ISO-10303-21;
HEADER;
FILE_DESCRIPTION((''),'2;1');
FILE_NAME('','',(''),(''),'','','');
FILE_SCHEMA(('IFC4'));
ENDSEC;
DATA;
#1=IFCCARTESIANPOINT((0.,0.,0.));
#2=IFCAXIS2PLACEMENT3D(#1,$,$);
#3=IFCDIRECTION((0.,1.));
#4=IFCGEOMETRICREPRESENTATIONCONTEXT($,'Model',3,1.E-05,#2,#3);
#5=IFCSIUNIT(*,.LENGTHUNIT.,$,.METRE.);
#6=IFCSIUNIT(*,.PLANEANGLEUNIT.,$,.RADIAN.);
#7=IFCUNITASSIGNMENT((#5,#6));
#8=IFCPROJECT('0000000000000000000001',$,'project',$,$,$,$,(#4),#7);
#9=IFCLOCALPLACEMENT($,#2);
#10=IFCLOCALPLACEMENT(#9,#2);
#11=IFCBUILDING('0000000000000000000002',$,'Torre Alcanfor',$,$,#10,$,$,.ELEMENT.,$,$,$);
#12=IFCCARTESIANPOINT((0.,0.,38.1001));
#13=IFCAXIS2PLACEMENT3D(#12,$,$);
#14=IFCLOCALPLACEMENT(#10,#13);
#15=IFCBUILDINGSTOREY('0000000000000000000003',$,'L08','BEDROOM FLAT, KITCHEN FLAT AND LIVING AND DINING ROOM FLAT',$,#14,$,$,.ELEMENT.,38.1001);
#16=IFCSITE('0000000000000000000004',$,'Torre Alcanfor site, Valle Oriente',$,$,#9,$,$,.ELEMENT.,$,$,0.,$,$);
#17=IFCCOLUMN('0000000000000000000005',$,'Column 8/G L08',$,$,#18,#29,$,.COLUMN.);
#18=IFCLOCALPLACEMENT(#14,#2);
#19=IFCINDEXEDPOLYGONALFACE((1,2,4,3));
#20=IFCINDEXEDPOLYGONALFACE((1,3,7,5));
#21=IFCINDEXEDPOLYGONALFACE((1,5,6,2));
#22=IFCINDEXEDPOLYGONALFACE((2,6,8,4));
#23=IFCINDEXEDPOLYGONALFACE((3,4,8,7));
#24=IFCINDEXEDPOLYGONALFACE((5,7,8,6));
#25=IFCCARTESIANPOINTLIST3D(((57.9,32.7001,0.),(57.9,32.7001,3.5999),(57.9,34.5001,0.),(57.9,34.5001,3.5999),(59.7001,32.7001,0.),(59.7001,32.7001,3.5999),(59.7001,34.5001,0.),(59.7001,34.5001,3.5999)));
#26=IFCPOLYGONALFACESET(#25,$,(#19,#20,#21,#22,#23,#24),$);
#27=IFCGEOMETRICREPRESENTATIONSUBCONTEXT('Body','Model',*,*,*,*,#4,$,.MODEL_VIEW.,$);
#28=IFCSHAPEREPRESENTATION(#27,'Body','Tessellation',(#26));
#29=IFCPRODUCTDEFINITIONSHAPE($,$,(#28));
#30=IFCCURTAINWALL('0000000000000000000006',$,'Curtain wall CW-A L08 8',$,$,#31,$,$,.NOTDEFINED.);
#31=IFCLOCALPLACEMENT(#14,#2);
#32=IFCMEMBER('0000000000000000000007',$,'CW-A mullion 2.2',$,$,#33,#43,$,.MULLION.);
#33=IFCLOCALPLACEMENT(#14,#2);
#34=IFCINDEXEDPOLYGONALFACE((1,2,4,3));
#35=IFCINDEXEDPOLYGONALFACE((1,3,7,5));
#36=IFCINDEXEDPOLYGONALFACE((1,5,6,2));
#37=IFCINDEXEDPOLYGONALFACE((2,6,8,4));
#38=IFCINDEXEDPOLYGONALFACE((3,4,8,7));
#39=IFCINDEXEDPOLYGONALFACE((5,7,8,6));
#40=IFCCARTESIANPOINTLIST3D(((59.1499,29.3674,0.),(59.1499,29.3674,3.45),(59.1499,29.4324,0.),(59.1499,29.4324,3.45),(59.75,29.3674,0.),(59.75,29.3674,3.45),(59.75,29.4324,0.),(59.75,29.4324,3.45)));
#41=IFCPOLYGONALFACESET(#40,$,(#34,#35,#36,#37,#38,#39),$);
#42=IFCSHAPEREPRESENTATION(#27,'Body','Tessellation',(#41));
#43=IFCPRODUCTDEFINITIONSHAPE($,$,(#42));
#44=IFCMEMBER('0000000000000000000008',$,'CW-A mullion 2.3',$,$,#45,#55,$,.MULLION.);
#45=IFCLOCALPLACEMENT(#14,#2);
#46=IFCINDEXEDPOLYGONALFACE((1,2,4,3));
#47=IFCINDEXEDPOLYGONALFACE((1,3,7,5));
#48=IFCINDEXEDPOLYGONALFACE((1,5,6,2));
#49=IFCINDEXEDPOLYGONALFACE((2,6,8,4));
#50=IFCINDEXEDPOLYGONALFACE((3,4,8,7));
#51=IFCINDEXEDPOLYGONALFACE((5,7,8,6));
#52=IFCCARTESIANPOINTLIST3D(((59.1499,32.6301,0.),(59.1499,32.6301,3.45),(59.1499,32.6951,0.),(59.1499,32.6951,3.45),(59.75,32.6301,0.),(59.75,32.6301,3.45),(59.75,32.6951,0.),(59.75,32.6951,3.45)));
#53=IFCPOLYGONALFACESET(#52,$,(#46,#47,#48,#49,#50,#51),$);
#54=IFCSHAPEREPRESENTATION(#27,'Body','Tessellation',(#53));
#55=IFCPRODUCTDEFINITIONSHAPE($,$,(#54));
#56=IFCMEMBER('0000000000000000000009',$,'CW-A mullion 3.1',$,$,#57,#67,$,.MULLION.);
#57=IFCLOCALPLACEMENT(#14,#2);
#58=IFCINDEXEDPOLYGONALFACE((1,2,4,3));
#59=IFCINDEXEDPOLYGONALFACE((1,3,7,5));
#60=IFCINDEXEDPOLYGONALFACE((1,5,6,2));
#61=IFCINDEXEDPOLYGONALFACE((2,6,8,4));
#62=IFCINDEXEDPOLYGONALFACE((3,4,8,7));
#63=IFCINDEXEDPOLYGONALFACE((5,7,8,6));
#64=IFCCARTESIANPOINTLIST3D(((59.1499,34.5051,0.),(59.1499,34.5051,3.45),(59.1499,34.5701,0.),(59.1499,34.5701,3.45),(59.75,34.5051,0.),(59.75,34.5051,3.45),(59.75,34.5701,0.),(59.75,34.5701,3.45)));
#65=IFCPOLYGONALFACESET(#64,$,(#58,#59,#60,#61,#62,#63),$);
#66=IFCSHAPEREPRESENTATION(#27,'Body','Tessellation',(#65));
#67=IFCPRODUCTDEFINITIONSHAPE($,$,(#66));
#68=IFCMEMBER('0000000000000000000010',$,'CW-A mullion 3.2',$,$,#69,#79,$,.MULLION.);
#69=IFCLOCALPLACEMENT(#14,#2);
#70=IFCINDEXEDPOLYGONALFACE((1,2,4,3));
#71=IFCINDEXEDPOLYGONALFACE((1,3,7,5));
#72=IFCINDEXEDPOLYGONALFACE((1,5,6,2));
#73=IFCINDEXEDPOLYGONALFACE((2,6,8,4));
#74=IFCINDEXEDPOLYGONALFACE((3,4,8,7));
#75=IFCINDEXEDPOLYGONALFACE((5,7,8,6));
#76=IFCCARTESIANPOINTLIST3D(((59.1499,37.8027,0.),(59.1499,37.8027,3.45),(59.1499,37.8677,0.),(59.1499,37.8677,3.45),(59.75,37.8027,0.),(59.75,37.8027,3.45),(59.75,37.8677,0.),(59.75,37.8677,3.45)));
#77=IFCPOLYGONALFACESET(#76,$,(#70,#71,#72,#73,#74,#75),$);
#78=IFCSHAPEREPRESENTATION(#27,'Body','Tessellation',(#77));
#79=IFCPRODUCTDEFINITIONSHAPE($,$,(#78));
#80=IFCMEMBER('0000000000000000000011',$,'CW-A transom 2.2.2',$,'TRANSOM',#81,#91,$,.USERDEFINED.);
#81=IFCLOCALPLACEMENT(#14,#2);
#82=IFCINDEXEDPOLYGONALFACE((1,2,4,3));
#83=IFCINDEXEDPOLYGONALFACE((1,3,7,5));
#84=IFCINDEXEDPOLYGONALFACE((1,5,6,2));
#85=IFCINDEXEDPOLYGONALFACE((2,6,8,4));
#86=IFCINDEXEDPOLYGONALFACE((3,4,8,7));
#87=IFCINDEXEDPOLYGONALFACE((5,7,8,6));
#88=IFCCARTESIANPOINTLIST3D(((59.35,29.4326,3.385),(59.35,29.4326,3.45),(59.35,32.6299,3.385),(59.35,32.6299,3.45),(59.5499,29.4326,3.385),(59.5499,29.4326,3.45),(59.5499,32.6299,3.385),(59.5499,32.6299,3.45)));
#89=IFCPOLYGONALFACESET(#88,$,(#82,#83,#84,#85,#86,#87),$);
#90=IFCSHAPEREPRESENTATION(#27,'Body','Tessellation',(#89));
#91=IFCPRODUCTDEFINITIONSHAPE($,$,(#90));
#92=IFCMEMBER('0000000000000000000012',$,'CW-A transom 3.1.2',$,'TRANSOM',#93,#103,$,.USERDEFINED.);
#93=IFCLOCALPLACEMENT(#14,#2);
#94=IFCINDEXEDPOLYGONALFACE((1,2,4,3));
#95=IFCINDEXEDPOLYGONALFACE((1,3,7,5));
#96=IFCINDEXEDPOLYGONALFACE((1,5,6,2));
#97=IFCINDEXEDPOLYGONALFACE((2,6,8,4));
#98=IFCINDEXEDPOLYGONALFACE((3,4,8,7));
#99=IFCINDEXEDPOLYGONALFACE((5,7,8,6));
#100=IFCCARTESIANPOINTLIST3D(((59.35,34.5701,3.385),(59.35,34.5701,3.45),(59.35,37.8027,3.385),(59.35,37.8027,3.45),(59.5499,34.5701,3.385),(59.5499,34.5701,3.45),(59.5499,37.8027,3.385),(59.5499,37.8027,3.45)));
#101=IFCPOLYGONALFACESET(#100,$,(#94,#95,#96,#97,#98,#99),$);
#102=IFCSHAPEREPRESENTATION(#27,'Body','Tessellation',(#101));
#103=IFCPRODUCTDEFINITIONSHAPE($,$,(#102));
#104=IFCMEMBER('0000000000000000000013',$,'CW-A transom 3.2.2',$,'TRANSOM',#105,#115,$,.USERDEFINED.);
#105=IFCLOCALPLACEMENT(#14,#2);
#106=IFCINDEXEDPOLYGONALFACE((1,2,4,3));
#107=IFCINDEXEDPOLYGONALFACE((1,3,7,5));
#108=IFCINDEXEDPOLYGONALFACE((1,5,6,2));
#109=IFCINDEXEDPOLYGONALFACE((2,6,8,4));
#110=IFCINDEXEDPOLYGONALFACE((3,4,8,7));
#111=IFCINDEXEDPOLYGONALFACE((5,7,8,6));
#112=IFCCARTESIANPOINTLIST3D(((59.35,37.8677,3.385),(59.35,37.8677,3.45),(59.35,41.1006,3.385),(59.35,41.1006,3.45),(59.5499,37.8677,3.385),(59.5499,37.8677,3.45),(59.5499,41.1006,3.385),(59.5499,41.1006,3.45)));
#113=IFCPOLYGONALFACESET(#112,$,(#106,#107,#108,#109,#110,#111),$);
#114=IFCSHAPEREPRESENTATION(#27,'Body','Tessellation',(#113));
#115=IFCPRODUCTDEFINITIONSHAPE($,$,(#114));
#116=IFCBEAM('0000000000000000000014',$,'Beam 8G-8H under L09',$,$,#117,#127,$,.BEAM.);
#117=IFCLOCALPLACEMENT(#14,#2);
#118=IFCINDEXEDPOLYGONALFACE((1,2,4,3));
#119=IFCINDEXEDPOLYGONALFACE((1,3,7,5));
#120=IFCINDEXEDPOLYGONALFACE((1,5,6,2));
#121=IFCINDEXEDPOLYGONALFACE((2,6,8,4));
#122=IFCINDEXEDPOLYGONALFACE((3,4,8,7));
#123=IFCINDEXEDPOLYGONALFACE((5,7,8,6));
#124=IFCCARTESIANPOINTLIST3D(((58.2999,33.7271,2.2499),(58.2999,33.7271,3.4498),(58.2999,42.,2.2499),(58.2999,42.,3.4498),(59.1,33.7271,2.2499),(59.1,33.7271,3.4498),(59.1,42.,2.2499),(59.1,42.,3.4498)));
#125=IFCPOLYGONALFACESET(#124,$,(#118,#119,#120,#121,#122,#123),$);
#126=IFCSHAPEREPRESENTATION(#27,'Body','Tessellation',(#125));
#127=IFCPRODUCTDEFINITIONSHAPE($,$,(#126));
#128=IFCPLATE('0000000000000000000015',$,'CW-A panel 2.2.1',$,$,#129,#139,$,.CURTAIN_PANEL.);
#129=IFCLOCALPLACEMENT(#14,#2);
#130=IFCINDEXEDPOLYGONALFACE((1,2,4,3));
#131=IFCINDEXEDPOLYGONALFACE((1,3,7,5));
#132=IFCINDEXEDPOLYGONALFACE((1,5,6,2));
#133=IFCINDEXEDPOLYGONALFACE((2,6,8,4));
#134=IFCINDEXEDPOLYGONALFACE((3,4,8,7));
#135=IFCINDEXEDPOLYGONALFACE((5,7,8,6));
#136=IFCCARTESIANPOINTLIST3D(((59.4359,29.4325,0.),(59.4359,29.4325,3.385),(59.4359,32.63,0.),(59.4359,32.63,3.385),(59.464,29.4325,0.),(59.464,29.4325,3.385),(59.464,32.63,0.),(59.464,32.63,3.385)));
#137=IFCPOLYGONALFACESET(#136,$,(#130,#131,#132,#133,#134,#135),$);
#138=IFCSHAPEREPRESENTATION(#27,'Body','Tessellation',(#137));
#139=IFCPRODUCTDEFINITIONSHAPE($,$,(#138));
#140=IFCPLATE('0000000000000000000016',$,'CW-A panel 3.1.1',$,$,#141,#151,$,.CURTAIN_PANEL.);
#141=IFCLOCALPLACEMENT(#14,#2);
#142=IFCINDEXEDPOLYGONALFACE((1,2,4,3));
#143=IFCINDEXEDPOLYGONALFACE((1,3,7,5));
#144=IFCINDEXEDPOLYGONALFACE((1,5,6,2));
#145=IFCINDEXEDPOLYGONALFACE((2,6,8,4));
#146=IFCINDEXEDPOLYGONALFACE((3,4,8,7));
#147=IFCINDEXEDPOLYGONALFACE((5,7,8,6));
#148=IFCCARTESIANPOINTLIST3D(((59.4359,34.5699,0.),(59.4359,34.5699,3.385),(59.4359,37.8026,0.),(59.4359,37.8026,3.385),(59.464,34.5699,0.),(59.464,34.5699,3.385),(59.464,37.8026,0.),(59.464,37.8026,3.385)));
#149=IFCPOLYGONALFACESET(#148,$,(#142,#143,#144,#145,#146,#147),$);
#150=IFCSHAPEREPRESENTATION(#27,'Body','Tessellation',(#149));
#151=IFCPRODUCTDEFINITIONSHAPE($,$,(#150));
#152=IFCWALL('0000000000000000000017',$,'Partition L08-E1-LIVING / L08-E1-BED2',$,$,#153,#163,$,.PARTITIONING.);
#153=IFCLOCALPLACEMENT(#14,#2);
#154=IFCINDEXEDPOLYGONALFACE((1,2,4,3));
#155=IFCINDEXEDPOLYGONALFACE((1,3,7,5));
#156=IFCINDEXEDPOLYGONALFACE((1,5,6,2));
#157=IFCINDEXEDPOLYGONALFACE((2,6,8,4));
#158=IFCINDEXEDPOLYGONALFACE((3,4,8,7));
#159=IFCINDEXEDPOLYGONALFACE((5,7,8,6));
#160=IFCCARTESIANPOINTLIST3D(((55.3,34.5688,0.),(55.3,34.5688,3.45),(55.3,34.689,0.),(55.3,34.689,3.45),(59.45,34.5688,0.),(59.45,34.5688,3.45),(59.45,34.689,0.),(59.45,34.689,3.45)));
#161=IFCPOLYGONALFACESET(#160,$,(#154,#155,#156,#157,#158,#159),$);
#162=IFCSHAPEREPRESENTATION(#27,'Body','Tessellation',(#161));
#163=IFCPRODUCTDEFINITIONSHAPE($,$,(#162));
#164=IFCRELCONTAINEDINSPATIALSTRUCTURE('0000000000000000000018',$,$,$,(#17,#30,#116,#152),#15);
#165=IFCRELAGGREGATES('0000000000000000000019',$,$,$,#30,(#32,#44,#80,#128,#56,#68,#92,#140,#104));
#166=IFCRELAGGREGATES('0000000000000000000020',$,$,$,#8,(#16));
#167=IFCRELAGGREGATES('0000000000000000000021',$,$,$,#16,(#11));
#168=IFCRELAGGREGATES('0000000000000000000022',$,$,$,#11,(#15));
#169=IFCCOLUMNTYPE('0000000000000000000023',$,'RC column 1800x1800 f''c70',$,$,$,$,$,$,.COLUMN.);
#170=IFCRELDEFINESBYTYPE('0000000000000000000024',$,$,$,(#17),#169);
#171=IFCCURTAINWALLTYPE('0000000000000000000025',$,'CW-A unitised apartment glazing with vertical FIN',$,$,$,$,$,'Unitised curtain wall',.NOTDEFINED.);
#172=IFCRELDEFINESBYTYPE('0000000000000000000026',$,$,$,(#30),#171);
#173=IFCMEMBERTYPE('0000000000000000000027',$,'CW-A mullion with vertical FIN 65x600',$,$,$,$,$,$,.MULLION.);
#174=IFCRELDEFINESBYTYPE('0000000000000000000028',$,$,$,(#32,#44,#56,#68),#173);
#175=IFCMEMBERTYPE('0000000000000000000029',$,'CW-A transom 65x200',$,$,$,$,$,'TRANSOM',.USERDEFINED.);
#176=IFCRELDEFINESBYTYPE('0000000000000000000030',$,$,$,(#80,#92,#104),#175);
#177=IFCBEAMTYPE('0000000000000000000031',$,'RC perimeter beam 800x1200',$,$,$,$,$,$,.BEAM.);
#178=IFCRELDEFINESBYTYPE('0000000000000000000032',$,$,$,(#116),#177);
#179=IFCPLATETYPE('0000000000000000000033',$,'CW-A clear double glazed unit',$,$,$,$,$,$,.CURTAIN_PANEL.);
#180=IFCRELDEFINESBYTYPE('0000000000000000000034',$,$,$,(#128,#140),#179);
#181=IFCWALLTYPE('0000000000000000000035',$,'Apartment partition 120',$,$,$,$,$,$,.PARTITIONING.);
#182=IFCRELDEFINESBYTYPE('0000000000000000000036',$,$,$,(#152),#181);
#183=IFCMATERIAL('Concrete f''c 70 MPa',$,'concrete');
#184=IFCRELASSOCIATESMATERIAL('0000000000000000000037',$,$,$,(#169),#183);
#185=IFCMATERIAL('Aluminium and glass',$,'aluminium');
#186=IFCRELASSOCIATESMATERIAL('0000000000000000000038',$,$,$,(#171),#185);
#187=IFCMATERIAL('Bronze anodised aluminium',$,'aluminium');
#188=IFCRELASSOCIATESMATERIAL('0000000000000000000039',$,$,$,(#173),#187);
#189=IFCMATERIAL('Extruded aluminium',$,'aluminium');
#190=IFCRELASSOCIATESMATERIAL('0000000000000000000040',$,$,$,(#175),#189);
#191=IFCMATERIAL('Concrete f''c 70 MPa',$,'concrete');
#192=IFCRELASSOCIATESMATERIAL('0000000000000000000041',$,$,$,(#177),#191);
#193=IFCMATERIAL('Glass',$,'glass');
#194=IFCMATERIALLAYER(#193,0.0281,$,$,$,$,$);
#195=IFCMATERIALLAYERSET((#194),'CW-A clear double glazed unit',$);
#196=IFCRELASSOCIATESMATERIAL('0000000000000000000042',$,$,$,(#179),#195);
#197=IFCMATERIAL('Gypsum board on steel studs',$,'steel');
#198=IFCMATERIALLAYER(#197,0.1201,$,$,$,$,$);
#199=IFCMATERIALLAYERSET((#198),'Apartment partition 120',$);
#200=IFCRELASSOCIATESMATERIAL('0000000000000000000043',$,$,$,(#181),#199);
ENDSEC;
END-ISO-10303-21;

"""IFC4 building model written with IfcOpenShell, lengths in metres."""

from ifc_helpers import new_model, si_unit, direction, frame, frame_2d, origin, origin_2d, place, context, subcontext, project, spatial, rectangle, extrude, material, layer, layer_set, material_profile, profile_set, type_object, element, aggregate, save


model = new_model("IFC4")

# Units and contexts
model_context = context("Model", 3, precision=1e-05, world=origin(), true_north=direction((0.0, 1.0)))
body_context = subcontext(model_context, "Body", "Model", "MODEL_VIEW")
ifc_project = project(units=[si_unit("LENGTHUNIT", "METRE"), si_unit("PLANEANGLEUNIT", "RADIAN")], contexts=[model_context])

# Site, building, storey
site_placement = place(None, origin())
site = spatial("IfcSite", under=ifc_project, at=site_placement, Name="Torre Alcanfor site, Valle Oriente", CompositionType="ELEMENT", RefElevation=0.0)
building_placement = place(site_placement, origin())
building = spatial("IfcBuilding", under=site, at=building_placement, Name="Torre Alcanfor", CompositionType="ELEMENT")
storey_placement = place(building_placement, frame((0.0, 0.0, 38.1001)))
storey = spatial("IfcBuildingStorey", under=building, at=storey_placement, Name="L08", Description="BEDROOM FLAT, KITCHEN FLAT AND LIVING AND DINING ROOM FLAT", CompositionType="ELEMENT", Elevation=38.1001)

# Column
ifc_material_1 = material(Name="Concrete f'c 70 MPa", Category="concrete")
ifc_material_profile_1 = material_profile(ifc_material_1, rectangle(XDim=1.8, YDim=1.8, at=origin_2d()), Name="1800x1800")
ifc_profile_set_1 = profile_set([ifc_material_profile_1], Name="Concrete f'c 70 MPa")
column_type = type_object("IfcColumnType", Name="RC column 1800x1800 f'c70", PredefinedType="COLUMN", material=ifc_profile_set_1)
column_placement = place(storey_placement, frame((58.8, 33.6001, 0.0), z_axis=(0.0, 0.0, 1.0), x_axis=(1.0, 0.0, 0.0)))
element("IfcColumn", 1, at=column_placement, inside=storey, type_object=column_type, Name="Column 8/G L08", PredefinedType="COLUMN", context=body_context, shape_type="SweptSolid", body=[
    extrude(rectangle(XDim=1.8, YDim=1.8, at=origin_2d()), origin(), (0.0, 0.0, 1.0), 3.5999),
])

# Curtain wall, members
ifc_material_2 = material(Name="Aluminium and glass", Category="aluminium")
curtain_wall_type = type_object("IfcCurtainWallType", Name="CW-A unitised apartment glazing with vertical FIN", ElementType="Unitised curtain wall", PredefinedType="NOTDEFINED", material=ifc_material_2)
curtain_wall_placement = place(storey_placement, origin())
curtain_wall = element("IfcCurtainWall", 2, at=curtain_wall_placement, inside=storey, type_object=curtain_wall_type, Name="Curtain wall CW-A L08 8", PredefinedType="NOTDEFINED")
ifc_material_3 = material(Name="Bronze anodised aluminium", Category="aluminium")
ifc_material_profile_2 = material_profile(ifc_material_3, rectangle(XDim=0.6001, YDim=0.0649, at=origin_2d()), Name="CW-A mullion 65x600")
ifc_profile_set_2 = profile_set([ifc_material_profile_2], Name="Bronze anodised aluminium")
member_type_1 = type_object("IfcMemberType", Name="CW-A mullion with vertical FIN 65x600", PredefinedType="MULLION", material=ifc_profile_set_2)
member_1_placement = place(storey_placement, frame((59.45, 29.3999, 0.0), z_axis=(0.0, 0.0, 1.0), x_axis=(-1.0, 0.0, 0.0)))
member_1 = element("IfcMember", 3, at=member_1_placement, type_object=member_type_1, Name="CW-A mullion 2.2", PredefinedType="MULLION", context=body_context, shape_type="SweptSolid", body=[
    extrude(rectangle(XDim=0.6001, YDim=0.0649, at=origin_2d()), origin(), (0.0, 0.0, 1.0), 3.45),
])
member_2_placement = place(storey_placement, frame((59.45, 32.6626, 0.0), z_axis=(0.0, 0.0, 1.0), x_axis=(-1.0, 0.0, 0.0)))
member_2 = element("IfcMember", 4, at=member_2_placement, type_object=member_type_1, Name="CW-A mullion 2.3", PredefinedType="MULLION", context=body_context, shape_type="SweptSolid", body=[
    extrude(rectangle(XDim=0.6001, YDim=0.0649, at=origin_2d()), origin(), (0.0, 0.0, 1.0), 3.45),
])
member_3_placement = place(storey_placement, frame((59.45, 34.5376, 0.0), z_axis=(0.0, 0.0, 1.0), x_axis=(-1.0, 0.0, 0.0)))
member_3 = element("IfcMember", 5, at=member_3_placement, type_object=member_type_1, Name="CW-A mullion 3.1", PredefinedType="MULLION", context=body_context, shape_type="SweptSolid", body=[
    extrude(rectangle(XDim=0.6001, YDim=0.0649, at=origin_2d()), origin(), (0.0, 0.0, 1.0), 3.45),
])
member_4_placement = place(storey_placement, frame((59.45, 37.8352, 0.0), z_axis=(0.0, 0.0, 1.0), x_axis=(-1.0, 0.0, 0.0)))
member_4 = element("IfcMember", 6, at=member_4_placement, type_object=member_type_1, Name="CW-A mullion 3.2", PredefinedType="MULLION", context=body_context, shape_type="SweptSolid", body=[
    extrude(rectangle(XDim=0.6001, YDim=0.0649, at=origin_2d()), origin(), (0.0, 0.0, 1.0), 3.45),
])
ifc_material_4 = material(Name="Extruded aluminium", Category="aluminium")
ifc_material_profile_3 = material_profile(ifc_material_4, rectangle(XDim=0.2, YDim=0.0649, at=origin_2d()), Name="CW-A transom 200x65")
ifc_profile_set_3 = profile_set([ifc_material_profile_3], Name="Extruded aluminium")
member_type_2 = type_object("IfcMemberType", Name="CW-A transom 65x200", ElementType="TRANSOM", PredefinedType="USERDEFINED", material=ifc_profile_set_3)
member_5_placement = place(storey_placement, frame((59.45, 29.4326, 3.4175), z_axis=(0.0, 1.0, 0.0), x_axis=(-1.0, 0.0, 0.0)))
member_5 = element("IfcMember", 7, at=member_5_placement, type_object=member_type_2, Name="CW-A transom 2.2.2", ObjectType="TRANSOM", PredefinedType="USERDEFINED", context=body_context, shape_type="SweptSolid", body=[
    extrude(rectangle(XDim=0.2, YDim=0.0649, at=origin_2d()), origin(), (0.0, 0.0, 1.0), 3.1973),
])
member_6_placement = place(storey_placement, frame((59.45, 34.5701, 3.4175), z_axis=(0.0, 1.0, 0.0), x_axis=(-1.0, 0.0, 0.0)))
member_6 = element("IfcMember", 8, at=member_6_placement, type_object=member_type_2, Name="CW-A transom 3.1.2", ObjectType="TRANSOM", PredefinedType="USERDEFINED", context=body_context, shape_type="SweptSolid", body=[
    extrude(rectangle(XDim=0.2, YDim=0.0649, at=origin_2d()), origin(), (0.0, 0.0, 1.0), 3.2327),
])
member_7_placement = place(storey_placement, frame((59.45, 37.8677, 3.4175), z_axis=(0.0, 1.0, 0.0), x_axis=(-1.0, 0.0, 0.0)))
member_7 = element("IfcMember", 9, at=member_7_placement, type_object=member_type_2, Name="CW-A transom 3.2.2", ObjectType="TRANSOM", PredefinedType="USERDEFINED", context=body_context, shape_type="SweptSolid", body=[
    extrude(rectangle(XDim=0.2, YDim=0.0649, at=origin_2d()), origin(), (0.0, 0.0, 1.0), 3.2329),
])

# Beam
ifc_material_5 = material(Name="Concrete f'c 70 MPa", Category="concrete")
ifc_material_profile_4 = material_profile(ifc_material_5, rectangle(XDim=0.8, YDim=1.2, at=origin_2d()), Name="800x1200")
ifc_profile_set_4 = profile_set([ifc_material_profile_4], Name="Concrete f'c 70 MPa")
beam_type = type_object("IfcBeamType", Name="RC perimeter beam 800x1200", PredefinedType="BEAM", material=ifc_profile_set_4)
beam_placement = place(storey_placement, frame((58.7, 33.7271, 2.8499), z_axis=(0.0, 1.0, 0.0), x_axis=(-1.0, 0.0, 0.0)))
element("IfcBeam", 10, at=beam_placement, inside=storey, type_object=beam_type, Name="Beam 8G-8H under L09", PredefinedType="BEAM", context=body_context, shape_type="SweptSolid", body=[
    extrude(rectangle(XDim=0.8, YDim=1.2, at=origin_2d()), origin(), (0.0, 0.0, 1.0), 8.2729),
])

# Plates
ifc_material_6 = material(Name="Glass", Category="glass")
ifc_layer_1 = layer(ifc_material_6, 0.0281)
ifc_layer_set_1 = layer_set([ifc_layer_1], Name="CW-A clear double glazed unit")
plate_type = type_object("IfcPlateType", Name="CW-A clear double glazed unit", PredefinedType="CURTAIN_PANEL", material=ifc_layer_set_1)
plate_1_placement = place(storey_placement, frame((59.45, 31.0312, 0.0), z_axis=(0.0, 0.0, 1.0), x_axis=(0.0, 1.0, 0.0)))
plate_1 = element("IfcPlate", 11, at=plate_1_placement, type_object=plate_type, Name="CW-A panel 2.2.1", PredefinedType="CURTAIN_PANEL", context=body_context, shape_type="SweptSolid", body=[
    extrude(rectangle(XDim=3.1975, YDim=0.0281, at=origin_2d()), origin(), (0.0, 0.0, 1.0), 3.385),
])
plate_2_placement = place(storey_placement, frame((59.45, 36.1863, 0.0), z_axis=(0.0, 0.0, 1.0), x_axis=(0.0, 1.0, 0.0)))
plate_2 = element("IfcPlate", 12, at=plate_2_placement, type_object=plate_type, Name="CW-A panel 3.1.1", PredefinedType="CURTAIN_PANEL", context=body_context, shape_type="SweptSolid", body=[
    extrude(rectangle(XDim=3.2327, YDim=0.0281, at=origin_2d()), origin(), (0.0, 0.0, 1.0), 3.385),
])
aggregate(curtain_wall, [member_1, member_2, member_5, plate_1, member_3, member_4, member_6, plate_2, member_7])

# Wall
ifc_material_7 = material(Name="Gypsum board on steel studs", Category="steel")
ifc_layer_2 = layer(ifc_material_7, 0.1201)
ifc_layer_set_2 = layer_set([ifc_layer_2], Name="Apartment partition 120")
wall_type = type_object("IfcWallType", Name="Apartment partition 120", PredefinedType="PARTITIONING", material=ifc_layer_set_2)
wall_1_placement = place(storey_placement, frame((59.45, 34.6289, 0.0), z_axis=(0.0, 0.0, 1.0), x_axis=(-1.0, 0.0, 0.0)))
element("IfcWall", 13, at=wall_1_placement, inside=storey, type_object=wall_type, Name="Partition L08-E1-LIVING / L08-E1-BED2", PredefinedType="PARTITIONING", context=body_context, shape_type="SweptSolid", body=[
    extrude(rectangle(XDim=4.1499, YDim=0.1201, at=frame_2d((2.075, 0.0))), origin(), (0.0, 0.0, 1.0), 3.45),
])

save(model, "model.ifc")
